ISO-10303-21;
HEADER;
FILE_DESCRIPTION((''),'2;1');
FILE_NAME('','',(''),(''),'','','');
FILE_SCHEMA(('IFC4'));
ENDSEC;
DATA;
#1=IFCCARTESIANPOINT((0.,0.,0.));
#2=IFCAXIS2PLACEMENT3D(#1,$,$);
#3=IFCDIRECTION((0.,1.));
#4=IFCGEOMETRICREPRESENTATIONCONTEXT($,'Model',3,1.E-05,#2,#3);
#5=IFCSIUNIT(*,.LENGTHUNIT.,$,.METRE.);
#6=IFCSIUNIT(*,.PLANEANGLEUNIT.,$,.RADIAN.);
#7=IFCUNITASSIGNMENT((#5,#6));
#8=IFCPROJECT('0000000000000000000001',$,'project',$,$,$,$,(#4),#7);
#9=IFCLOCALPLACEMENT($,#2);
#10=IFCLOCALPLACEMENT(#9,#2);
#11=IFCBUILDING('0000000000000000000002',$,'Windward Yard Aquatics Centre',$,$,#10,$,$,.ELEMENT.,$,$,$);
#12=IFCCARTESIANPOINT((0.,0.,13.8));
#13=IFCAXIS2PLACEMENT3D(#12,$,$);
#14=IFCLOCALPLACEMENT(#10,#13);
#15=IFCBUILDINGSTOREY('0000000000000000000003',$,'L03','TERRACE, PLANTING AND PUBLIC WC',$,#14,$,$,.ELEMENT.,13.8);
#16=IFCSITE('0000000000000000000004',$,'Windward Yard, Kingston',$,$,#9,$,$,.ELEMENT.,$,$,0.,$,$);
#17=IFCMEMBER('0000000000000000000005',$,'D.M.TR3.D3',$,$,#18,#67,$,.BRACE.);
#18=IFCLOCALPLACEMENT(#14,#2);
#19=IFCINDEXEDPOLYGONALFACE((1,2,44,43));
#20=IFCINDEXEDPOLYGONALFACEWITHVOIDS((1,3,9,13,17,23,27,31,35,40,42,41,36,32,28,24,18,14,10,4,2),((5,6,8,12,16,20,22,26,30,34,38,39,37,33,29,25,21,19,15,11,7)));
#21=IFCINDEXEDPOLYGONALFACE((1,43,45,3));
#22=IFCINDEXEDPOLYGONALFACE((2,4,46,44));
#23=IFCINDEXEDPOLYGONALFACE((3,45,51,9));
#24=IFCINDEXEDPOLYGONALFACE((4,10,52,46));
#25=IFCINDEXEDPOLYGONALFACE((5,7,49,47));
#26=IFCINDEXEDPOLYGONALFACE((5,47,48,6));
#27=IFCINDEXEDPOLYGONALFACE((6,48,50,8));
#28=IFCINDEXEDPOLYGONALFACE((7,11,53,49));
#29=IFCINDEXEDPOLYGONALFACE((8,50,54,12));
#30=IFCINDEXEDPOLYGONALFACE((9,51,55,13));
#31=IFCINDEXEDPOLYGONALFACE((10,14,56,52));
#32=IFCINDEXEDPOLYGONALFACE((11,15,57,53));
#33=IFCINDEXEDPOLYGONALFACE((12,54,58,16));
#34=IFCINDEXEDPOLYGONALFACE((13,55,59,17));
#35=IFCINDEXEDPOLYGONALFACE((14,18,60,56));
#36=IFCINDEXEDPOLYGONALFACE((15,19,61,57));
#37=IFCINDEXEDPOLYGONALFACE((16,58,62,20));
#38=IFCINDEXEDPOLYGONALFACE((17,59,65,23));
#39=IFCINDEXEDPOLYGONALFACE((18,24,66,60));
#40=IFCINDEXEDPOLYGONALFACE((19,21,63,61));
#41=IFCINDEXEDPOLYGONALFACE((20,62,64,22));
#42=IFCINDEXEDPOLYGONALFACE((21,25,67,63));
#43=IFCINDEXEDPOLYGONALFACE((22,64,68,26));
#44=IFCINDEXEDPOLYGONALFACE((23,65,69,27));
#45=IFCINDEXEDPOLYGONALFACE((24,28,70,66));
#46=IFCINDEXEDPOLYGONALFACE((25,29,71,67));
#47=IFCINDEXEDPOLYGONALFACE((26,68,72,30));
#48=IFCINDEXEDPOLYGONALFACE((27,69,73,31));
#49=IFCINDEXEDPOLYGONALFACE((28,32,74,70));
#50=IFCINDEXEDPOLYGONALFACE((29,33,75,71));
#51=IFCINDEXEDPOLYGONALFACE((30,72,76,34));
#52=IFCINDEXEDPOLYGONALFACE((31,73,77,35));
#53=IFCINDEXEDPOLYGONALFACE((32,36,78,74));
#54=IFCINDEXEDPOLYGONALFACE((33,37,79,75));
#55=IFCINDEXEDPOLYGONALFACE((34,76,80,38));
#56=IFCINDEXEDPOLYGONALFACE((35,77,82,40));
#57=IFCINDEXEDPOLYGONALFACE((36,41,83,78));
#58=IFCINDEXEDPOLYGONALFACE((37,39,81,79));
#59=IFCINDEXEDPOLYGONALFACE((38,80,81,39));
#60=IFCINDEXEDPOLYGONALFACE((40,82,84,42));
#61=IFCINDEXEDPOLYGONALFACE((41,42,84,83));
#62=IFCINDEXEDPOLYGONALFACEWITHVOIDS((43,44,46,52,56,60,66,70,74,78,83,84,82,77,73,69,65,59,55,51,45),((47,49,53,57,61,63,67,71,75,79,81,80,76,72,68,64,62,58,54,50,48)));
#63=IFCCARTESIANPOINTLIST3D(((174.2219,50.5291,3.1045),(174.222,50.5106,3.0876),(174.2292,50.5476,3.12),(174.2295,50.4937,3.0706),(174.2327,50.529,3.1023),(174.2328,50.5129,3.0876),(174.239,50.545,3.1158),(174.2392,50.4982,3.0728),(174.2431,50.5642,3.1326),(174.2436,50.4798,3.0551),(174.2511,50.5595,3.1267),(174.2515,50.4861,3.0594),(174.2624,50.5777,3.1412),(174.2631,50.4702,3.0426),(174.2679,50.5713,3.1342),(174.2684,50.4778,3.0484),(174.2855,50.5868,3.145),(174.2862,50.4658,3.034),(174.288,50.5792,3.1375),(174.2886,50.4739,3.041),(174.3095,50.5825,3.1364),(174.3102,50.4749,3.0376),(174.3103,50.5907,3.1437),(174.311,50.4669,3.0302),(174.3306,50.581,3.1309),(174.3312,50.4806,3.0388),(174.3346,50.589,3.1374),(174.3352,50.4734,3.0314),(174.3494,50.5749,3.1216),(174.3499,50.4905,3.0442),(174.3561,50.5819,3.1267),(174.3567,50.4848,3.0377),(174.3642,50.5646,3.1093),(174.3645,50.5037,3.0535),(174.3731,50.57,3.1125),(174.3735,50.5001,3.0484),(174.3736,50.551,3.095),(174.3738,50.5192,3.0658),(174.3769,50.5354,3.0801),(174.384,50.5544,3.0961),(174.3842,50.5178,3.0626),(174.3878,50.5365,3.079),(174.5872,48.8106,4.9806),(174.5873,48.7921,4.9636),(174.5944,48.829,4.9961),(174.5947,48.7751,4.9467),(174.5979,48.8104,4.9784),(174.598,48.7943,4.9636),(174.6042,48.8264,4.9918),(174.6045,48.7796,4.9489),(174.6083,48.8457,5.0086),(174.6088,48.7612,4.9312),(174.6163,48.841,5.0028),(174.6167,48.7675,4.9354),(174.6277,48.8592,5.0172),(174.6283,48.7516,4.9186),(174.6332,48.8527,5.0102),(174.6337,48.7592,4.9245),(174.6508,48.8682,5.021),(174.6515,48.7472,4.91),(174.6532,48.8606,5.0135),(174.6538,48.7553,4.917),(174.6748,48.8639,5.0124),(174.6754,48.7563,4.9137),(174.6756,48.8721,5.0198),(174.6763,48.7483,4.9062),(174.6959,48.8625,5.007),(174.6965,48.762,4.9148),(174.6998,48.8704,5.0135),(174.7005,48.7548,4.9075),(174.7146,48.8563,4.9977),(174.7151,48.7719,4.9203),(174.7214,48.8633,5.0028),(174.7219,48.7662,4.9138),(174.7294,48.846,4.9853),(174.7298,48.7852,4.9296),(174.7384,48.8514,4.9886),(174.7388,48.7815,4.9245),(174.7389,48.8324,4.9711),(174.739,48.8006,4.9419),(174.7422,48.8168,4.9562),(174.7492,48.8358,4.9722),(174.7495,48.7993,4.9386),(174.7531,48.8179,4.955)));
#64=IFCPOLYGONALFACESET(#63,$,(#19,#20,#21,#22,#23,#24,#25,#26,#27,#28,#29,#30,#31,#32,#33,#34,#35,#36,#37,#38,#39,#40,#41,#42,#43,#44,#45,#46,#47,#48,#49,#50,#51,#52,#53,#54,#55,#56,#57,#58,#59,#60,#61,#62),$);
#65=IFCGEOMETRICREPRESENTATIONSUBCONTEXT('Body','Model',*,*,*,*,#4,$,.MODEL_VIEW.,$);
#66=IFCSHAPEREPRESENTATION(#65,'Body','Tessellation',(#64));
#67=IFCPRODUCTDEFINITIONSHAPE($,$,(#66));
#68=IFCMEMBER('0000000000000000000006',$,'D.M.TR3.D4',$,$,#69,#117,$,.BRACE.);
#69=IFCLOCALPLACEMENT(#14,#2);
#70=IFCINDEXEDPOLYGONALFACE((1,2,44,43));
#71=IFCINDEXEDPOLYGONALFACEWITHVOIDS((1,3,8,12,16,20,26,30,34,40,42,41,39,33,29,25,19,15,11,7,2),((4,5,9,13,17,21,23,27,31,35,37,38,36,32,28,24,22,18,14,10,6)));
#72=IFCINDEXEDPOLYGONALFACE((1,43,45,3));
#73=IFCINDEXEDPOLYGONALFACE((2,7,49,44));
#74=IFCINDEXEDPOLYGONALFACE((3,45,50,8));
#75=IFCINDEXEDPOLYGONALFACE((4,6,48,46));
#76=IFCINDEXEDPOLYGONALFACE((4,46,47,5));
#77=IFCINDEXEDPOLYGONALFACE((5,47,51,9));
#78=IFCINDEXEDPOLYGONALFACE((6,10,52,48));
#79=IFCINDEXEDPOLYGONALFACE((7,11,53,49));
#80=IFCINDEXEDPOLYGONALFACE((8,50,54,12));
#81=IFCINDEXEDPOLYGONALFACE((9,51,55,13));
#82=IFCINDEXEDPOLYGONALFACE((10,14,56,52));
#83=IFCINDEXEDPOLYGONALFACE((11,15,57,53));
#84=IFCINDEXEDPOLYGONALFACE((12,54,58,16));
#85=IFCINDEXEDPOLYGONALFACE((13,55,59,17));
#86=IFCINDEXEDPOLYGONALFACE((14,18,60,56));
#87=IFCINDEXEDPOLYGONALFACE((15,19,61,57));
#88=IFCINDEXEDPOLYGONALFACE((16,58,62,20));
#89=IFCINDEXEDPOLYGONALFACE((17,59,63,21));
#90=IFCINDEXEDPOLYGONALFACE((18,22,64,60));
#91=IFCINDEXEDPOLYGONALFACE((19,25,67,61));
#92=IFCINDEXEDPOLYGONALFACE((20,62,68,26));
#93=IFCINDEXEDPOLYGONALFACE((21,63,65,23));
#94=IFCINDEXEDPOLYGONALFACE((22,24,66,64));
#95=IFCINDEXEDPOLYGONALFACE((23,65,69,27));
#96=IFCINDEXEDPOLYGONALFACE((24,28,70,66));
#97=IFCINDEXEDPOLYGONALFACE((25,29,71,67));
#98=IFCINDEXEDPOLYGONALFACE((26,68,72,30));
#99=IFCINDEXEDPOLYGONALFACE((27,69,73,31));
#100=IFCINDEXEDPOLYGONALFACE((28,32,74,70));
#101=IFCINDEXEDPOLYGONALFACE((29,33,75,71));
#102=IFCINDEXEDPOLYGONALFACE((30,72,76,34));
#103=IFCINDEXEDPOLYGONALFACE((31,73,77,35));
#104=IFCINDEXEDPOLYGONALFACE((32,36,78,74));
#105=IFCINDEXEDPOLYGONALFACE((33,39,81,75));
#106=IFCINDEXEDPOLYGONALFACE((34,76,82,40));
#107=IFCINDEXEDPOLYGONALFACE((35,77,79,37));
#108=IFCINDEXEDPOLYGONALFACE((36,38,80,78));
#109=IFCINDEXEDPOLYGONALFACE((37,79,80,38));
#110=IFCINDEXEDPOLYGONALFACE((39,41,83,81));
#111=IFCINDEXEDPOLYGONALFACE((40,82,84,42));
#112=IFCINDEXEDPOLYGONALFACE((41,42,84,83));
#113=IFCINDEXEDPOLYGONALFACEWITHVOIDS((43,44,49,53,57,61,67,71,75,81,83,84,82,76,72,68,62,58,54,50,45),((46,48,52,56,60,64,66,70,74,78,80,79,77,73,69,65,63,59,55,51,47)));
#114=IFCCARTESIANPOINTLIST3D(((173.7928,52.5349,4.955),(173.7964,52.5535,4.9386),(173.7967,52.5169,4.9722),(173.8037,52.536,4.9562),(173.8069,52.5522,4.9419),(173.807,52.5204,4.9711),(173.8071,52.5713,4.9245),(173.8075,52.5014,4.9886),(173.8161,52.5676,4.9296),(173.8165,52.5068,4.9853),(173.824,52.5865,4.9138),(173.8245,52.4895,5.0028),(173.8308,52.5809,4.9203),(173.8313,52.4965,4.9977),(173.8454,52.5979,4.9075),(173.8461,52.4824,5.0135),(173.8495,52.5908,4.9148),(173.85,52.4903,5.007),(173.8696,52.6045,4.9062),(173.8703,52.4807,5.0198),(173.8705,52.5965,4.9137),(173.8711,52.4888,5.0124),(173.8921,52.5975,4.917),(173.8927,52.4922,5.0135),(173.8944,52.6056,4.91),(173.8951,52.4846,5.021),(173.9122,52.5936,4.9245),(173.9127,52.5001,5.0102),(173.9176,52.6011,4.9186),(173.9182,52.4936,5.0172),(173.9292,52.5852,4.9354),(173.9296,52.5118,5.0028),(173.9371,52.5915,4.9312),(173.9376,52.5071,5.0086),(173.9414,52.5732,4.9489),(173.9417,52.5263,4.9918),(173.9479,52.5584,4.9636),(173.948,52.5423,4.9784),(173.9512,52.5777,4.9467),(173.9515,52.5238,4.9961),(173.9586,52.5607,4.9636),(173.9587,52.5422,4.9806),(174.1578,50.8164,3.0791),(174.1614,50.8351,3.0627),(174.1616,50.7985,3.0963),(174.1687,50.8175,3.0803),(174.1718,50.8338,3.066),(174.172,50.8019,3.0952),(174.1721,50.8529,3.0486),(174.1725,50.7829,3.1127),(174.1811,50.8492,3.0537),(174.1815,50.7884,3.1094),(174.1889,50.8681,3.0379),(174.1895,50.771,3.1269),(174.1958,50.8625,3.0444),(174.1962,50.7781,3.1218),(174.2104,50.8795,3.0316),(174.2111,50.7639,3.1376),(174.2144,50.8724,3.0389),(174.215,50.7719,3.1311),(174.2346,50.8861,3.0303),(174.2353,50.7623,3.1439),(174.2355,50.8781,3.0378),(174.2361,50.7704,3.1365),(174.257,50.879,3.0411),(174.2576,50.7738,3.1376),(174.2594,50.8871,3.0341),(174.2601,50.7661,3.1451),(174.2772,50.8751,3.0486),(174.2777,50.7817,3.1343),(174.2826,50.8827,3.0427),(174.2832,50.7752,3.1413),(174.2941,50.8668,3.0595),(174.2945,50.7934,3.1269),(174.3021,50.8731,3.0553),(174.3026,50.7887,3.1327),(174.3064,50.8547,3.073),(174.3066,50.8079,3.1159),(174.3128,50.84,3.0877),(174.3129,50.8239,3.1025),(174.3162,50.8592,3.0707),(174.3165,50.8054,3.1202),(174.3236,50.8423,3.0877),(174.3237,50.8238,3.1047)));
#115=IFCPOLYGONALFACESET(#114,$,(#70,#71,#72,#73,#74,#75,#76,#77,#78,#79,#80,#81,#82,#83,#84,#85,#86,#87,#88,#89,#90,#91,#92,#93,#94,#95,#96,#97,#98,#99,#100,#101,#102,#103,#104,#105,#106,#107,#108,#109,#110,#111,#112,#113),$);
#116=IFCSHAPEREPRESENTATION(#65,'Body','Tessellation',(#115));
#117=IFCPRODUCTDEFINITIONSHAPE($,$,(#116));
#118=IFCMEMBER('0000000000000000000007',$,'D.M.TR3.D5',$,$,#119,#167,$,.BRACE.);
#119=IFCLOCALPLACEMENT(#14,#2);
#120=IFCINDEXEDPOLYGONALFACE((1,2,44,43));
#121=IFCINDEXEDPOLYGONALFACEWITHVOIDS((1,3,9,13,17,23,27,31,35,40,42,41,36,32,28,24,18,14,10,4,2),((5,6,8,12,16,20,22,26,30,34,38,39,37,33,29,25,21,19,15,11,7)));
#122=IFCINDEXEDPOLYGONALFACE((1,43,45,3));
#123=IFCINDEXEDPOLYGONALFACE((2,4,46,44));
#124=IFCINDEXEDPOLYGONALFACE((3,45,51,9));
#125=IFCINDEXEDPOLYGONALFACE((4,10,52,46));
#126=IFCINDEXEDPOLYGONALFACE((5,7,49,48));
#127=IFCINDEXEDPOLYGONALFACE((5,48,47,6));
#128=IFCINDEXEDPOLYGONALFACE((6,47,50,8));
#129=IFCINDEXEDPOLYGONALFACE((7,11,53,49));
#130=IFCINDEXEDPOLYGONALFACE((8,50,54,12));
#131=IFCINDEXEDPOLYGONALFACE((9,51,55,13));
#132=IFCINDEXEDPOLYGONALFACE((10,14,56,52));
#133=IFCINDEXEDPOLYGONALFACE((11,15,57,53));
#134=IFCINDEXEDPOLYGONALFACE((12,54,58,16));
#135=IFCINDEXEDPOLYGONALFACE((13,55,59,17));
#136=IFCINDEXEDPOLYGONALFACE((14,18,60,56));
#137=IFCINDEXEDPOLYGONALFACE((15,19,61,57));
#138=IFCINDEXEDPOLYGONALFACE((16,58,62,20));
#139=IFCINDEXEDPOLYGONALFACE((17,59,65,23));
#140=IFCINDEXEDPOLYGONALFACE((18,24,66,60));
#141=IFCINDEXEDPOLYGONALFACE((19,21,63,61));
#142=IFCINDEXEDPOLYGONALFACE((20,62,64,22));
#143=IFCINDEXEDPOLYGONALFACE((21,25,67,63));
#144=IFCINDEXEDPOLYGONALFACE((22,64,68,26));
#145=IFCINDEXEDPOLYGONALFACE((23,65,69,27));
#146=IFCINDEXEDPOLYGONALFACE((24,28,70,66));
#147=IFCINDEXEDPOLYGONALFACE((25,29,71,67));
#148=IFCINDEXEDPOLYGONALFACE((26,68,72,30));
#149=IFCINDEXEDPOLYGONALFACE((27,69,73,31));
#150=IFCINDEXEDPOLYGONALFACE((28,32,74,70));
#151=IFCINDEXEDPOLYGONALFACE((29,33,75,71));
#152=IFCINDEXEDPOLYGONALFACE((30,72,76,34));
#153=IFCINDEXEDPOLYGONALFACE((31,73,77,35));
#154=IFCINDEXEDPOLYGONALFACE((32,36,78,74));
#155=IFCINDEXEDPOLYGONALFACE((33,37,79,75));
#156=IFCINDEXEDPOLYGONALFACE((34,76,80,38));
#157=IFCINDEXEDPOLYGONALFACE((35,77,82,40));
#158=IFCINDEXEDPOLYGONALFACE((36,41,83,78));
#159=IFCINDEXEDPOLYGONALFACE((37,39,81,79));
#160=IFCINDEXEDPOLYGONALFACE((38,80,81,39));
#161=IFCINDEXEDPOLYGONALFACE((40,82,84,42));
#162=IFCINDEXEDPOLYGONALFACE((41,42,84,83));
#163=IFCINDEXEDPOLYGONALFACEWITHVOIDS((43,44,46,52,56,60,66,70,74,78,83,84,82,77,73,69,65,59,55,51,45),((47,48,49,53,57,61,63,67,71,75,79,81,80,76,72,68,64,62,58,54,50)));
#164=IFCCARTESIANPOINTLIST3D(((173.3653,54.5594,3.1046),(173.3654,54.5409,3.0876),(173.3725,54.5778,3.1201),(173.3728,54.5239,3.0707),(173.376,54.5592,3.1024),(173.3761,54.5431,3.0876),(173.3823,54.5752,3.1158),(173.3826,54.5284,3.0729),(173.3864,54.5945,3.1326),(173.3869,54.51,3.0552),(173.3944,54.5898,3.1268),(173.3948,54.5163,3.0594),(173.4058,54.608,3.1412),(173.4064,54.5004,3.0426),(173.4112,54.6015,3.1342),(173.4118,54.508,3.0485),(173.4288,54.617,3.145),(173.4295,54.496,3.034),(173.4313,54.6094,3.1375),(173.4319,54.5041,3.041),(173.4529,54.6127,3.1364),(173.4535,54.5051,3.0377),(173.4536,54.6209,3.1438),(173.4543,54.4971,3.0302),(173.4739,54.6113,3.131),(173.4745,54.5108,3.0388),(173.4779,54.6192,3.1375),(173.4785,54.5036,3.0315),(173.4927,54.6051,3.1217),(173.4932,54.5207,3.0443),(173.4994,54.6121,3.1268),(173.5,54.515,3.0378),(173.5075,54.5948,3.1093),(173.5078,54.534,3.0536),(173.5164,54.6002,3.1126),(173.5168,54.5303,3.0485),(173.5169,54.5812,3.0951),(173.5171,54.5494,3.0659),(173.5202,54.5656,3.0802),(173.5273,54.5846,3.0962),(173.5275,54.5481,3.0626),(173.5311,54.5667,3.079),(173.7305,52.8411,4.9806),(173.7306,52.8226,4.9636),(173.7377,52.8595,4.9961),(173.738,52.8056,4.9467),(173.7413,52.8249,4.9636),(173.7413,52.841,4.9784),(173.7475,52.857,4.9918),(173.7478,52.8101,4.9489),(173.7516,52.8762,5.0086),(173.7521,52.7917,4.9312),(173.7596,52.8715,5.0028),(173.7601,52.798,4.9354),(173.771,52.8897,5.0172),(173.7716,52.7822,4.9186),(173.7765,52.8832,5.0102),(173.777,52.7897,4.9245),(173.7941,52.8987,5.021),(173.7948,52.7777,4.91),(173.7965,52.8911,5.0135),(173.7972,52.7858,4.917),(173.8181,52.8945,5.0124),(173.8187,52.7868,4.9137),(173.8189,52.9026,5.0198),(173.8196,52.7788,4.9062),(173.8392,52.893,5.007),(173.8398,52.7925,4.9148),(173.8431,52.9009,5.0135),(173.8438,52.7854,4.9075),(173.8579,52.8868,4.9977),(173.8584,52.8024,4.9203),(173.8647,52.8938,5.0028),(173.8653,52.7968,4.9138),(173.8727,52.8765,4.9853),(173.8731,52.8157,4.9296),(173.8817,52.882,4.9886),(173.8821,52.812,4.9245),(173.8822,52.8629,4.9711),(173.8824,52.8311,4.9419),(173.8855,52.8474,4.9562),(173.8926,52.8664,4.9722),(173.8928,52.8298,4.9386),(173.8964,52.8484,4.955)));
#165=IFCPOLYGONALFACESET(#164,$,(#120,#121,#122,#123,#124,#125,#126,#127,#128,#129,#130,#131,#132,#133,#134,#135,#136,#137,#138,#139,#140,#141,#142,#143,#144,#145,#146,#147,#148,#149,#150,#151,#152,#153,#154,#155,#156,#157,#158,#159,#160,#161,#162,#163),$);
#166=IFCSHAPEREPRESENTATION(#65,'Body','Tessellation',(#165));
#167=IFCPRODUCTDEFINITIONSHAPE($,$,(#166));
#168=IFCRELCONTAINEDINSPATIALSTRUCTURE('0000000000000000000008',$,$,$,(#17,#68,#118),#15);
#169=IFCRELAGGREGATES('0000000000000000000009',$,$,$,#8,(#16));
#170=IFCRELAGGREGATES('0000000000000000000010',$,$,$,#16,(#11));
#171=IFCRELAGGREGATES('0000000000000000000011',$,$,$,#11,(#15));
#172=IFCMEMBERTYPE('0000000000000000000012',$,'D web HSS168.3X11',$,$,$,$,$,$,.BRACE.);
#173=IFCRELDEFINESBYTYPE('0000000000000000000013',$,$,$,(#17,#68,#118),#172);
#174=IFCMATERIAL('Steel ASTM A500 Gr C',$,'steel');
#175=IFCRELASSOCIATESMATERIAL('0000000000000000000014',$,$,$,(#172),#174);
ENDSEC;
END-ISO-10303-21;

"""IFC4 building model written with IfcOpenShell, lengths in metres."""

from ifc_helpers import new_model, si_unit, direction, frame, origin, origin_2d, place, context, subcontext, project, spatial, hollow_circle, extrude, material, material_profile, profile_set, type_object, element, save


model = new_model("IFC4")

# Units and contexts
model_context = context("Model", 3, precision=1e-05, world=origin(), true_north=direction((0.0, 1.0)))
body_context = subcontext(model_context, "Body", "Model", "MODEL_VIEW")
ifc_project = project(units=[si_unit("LENGTHUNIT", "METRE"), si_unit("PLANEANGLEUNIT", "RADIAN")], contexts=[model_context])

# Site, building, storey
site_placement = place(None, origin())
site = spatial("IfcSite", under=ifc_project, at=site_placement, Name="Windward Yard, Kingston", CompositionType="ELEMENT", RefElevation=0.0)
building_placement = place(site_placement, origin())
building = spatial("IfcBuilding", under=site, at=building_placement, Name="Windward Yard Aquatics Centre", CompositionType="ELEMENT")
storey_placement = place(building_placement, frame((0.0, 0.0, 13.8)))
storey = spatial("IfcBuildingStorey", under=building, at=storey_placement, Name="L03", Description="TERRACE, PLANTING AND PUBLIC WC", CompositionType="ELEMENT", Elevation=13.8)

# Shared definitions
ifc_material_1 = material(Name="Steel ASTM A500 Gr C", Category="steel")

# Members
ifc_material_profile_1 = material_profile(ifc_material_1, hollow_circle(Radius=0.0842, WallThickness=0.011, at=origin_2d()), Name="HSS168.3X11")
ifc_profile_set_1 = profile_set([ifc_material_profile_1], Name="Steel ASTM A500 Gr C")
member_type_1 = type_object("IfcMemberType", Name="D web HSS168.3X11", PredefinedType="BRACE", material=ifc_profile_set_1)
member_1_placement = place(storey_placement, frame((174.6697, 48.8096, 4.9636), z_axis=(-0.142103, 0.668626, -0.729894), x_axis=(-0.978153, -0.207887, 0.0)))
element("IfcMember", 1, at=member_1_placement, inside=storey, type_object=member_type_1, Name="D.M.TR3.D3", PredefinedType="BRACE", context=body_context, shape_type="SweptSolid", body=[
    extrude(hollow_circle(Radius=0.0842, WallThickness=0.011, at=origin_2d()), origin(), (0.0, 0.0, 1.0), 2.5703),
])
for number, where, z_axis, x_axis, name in (
    (2, (173.8762, 52.5432, 4.9636), (0.14201, -0.668635, -0.729904), (0.978181, 0.207754, 0.0), "D.M.TR3.D4"),
    (3, (173.813, 52.8401, 4.9636), (-0.142112, 0.668574, -0.729941), (-0.978147, -0.207915, 0.0), "D.M.TR3.D5"),
):
    element("IfcMember", number, at=place(storey_placement, frame(where, z_axis=z_axis, x_axis=x_axis)), inside=storey, type_object=member_type_1, Name=name, PredefinedType="BRACE", context=body_context, shape_type="SweptSolid", body=[
        extrude(hollow_circle(Radius=0.0842, WallThickness=0.011, at=origin_2d()), origin(), (0.0, 0.0, 1.0), 2.5701),
    ])

save(model, "model.ifc")
